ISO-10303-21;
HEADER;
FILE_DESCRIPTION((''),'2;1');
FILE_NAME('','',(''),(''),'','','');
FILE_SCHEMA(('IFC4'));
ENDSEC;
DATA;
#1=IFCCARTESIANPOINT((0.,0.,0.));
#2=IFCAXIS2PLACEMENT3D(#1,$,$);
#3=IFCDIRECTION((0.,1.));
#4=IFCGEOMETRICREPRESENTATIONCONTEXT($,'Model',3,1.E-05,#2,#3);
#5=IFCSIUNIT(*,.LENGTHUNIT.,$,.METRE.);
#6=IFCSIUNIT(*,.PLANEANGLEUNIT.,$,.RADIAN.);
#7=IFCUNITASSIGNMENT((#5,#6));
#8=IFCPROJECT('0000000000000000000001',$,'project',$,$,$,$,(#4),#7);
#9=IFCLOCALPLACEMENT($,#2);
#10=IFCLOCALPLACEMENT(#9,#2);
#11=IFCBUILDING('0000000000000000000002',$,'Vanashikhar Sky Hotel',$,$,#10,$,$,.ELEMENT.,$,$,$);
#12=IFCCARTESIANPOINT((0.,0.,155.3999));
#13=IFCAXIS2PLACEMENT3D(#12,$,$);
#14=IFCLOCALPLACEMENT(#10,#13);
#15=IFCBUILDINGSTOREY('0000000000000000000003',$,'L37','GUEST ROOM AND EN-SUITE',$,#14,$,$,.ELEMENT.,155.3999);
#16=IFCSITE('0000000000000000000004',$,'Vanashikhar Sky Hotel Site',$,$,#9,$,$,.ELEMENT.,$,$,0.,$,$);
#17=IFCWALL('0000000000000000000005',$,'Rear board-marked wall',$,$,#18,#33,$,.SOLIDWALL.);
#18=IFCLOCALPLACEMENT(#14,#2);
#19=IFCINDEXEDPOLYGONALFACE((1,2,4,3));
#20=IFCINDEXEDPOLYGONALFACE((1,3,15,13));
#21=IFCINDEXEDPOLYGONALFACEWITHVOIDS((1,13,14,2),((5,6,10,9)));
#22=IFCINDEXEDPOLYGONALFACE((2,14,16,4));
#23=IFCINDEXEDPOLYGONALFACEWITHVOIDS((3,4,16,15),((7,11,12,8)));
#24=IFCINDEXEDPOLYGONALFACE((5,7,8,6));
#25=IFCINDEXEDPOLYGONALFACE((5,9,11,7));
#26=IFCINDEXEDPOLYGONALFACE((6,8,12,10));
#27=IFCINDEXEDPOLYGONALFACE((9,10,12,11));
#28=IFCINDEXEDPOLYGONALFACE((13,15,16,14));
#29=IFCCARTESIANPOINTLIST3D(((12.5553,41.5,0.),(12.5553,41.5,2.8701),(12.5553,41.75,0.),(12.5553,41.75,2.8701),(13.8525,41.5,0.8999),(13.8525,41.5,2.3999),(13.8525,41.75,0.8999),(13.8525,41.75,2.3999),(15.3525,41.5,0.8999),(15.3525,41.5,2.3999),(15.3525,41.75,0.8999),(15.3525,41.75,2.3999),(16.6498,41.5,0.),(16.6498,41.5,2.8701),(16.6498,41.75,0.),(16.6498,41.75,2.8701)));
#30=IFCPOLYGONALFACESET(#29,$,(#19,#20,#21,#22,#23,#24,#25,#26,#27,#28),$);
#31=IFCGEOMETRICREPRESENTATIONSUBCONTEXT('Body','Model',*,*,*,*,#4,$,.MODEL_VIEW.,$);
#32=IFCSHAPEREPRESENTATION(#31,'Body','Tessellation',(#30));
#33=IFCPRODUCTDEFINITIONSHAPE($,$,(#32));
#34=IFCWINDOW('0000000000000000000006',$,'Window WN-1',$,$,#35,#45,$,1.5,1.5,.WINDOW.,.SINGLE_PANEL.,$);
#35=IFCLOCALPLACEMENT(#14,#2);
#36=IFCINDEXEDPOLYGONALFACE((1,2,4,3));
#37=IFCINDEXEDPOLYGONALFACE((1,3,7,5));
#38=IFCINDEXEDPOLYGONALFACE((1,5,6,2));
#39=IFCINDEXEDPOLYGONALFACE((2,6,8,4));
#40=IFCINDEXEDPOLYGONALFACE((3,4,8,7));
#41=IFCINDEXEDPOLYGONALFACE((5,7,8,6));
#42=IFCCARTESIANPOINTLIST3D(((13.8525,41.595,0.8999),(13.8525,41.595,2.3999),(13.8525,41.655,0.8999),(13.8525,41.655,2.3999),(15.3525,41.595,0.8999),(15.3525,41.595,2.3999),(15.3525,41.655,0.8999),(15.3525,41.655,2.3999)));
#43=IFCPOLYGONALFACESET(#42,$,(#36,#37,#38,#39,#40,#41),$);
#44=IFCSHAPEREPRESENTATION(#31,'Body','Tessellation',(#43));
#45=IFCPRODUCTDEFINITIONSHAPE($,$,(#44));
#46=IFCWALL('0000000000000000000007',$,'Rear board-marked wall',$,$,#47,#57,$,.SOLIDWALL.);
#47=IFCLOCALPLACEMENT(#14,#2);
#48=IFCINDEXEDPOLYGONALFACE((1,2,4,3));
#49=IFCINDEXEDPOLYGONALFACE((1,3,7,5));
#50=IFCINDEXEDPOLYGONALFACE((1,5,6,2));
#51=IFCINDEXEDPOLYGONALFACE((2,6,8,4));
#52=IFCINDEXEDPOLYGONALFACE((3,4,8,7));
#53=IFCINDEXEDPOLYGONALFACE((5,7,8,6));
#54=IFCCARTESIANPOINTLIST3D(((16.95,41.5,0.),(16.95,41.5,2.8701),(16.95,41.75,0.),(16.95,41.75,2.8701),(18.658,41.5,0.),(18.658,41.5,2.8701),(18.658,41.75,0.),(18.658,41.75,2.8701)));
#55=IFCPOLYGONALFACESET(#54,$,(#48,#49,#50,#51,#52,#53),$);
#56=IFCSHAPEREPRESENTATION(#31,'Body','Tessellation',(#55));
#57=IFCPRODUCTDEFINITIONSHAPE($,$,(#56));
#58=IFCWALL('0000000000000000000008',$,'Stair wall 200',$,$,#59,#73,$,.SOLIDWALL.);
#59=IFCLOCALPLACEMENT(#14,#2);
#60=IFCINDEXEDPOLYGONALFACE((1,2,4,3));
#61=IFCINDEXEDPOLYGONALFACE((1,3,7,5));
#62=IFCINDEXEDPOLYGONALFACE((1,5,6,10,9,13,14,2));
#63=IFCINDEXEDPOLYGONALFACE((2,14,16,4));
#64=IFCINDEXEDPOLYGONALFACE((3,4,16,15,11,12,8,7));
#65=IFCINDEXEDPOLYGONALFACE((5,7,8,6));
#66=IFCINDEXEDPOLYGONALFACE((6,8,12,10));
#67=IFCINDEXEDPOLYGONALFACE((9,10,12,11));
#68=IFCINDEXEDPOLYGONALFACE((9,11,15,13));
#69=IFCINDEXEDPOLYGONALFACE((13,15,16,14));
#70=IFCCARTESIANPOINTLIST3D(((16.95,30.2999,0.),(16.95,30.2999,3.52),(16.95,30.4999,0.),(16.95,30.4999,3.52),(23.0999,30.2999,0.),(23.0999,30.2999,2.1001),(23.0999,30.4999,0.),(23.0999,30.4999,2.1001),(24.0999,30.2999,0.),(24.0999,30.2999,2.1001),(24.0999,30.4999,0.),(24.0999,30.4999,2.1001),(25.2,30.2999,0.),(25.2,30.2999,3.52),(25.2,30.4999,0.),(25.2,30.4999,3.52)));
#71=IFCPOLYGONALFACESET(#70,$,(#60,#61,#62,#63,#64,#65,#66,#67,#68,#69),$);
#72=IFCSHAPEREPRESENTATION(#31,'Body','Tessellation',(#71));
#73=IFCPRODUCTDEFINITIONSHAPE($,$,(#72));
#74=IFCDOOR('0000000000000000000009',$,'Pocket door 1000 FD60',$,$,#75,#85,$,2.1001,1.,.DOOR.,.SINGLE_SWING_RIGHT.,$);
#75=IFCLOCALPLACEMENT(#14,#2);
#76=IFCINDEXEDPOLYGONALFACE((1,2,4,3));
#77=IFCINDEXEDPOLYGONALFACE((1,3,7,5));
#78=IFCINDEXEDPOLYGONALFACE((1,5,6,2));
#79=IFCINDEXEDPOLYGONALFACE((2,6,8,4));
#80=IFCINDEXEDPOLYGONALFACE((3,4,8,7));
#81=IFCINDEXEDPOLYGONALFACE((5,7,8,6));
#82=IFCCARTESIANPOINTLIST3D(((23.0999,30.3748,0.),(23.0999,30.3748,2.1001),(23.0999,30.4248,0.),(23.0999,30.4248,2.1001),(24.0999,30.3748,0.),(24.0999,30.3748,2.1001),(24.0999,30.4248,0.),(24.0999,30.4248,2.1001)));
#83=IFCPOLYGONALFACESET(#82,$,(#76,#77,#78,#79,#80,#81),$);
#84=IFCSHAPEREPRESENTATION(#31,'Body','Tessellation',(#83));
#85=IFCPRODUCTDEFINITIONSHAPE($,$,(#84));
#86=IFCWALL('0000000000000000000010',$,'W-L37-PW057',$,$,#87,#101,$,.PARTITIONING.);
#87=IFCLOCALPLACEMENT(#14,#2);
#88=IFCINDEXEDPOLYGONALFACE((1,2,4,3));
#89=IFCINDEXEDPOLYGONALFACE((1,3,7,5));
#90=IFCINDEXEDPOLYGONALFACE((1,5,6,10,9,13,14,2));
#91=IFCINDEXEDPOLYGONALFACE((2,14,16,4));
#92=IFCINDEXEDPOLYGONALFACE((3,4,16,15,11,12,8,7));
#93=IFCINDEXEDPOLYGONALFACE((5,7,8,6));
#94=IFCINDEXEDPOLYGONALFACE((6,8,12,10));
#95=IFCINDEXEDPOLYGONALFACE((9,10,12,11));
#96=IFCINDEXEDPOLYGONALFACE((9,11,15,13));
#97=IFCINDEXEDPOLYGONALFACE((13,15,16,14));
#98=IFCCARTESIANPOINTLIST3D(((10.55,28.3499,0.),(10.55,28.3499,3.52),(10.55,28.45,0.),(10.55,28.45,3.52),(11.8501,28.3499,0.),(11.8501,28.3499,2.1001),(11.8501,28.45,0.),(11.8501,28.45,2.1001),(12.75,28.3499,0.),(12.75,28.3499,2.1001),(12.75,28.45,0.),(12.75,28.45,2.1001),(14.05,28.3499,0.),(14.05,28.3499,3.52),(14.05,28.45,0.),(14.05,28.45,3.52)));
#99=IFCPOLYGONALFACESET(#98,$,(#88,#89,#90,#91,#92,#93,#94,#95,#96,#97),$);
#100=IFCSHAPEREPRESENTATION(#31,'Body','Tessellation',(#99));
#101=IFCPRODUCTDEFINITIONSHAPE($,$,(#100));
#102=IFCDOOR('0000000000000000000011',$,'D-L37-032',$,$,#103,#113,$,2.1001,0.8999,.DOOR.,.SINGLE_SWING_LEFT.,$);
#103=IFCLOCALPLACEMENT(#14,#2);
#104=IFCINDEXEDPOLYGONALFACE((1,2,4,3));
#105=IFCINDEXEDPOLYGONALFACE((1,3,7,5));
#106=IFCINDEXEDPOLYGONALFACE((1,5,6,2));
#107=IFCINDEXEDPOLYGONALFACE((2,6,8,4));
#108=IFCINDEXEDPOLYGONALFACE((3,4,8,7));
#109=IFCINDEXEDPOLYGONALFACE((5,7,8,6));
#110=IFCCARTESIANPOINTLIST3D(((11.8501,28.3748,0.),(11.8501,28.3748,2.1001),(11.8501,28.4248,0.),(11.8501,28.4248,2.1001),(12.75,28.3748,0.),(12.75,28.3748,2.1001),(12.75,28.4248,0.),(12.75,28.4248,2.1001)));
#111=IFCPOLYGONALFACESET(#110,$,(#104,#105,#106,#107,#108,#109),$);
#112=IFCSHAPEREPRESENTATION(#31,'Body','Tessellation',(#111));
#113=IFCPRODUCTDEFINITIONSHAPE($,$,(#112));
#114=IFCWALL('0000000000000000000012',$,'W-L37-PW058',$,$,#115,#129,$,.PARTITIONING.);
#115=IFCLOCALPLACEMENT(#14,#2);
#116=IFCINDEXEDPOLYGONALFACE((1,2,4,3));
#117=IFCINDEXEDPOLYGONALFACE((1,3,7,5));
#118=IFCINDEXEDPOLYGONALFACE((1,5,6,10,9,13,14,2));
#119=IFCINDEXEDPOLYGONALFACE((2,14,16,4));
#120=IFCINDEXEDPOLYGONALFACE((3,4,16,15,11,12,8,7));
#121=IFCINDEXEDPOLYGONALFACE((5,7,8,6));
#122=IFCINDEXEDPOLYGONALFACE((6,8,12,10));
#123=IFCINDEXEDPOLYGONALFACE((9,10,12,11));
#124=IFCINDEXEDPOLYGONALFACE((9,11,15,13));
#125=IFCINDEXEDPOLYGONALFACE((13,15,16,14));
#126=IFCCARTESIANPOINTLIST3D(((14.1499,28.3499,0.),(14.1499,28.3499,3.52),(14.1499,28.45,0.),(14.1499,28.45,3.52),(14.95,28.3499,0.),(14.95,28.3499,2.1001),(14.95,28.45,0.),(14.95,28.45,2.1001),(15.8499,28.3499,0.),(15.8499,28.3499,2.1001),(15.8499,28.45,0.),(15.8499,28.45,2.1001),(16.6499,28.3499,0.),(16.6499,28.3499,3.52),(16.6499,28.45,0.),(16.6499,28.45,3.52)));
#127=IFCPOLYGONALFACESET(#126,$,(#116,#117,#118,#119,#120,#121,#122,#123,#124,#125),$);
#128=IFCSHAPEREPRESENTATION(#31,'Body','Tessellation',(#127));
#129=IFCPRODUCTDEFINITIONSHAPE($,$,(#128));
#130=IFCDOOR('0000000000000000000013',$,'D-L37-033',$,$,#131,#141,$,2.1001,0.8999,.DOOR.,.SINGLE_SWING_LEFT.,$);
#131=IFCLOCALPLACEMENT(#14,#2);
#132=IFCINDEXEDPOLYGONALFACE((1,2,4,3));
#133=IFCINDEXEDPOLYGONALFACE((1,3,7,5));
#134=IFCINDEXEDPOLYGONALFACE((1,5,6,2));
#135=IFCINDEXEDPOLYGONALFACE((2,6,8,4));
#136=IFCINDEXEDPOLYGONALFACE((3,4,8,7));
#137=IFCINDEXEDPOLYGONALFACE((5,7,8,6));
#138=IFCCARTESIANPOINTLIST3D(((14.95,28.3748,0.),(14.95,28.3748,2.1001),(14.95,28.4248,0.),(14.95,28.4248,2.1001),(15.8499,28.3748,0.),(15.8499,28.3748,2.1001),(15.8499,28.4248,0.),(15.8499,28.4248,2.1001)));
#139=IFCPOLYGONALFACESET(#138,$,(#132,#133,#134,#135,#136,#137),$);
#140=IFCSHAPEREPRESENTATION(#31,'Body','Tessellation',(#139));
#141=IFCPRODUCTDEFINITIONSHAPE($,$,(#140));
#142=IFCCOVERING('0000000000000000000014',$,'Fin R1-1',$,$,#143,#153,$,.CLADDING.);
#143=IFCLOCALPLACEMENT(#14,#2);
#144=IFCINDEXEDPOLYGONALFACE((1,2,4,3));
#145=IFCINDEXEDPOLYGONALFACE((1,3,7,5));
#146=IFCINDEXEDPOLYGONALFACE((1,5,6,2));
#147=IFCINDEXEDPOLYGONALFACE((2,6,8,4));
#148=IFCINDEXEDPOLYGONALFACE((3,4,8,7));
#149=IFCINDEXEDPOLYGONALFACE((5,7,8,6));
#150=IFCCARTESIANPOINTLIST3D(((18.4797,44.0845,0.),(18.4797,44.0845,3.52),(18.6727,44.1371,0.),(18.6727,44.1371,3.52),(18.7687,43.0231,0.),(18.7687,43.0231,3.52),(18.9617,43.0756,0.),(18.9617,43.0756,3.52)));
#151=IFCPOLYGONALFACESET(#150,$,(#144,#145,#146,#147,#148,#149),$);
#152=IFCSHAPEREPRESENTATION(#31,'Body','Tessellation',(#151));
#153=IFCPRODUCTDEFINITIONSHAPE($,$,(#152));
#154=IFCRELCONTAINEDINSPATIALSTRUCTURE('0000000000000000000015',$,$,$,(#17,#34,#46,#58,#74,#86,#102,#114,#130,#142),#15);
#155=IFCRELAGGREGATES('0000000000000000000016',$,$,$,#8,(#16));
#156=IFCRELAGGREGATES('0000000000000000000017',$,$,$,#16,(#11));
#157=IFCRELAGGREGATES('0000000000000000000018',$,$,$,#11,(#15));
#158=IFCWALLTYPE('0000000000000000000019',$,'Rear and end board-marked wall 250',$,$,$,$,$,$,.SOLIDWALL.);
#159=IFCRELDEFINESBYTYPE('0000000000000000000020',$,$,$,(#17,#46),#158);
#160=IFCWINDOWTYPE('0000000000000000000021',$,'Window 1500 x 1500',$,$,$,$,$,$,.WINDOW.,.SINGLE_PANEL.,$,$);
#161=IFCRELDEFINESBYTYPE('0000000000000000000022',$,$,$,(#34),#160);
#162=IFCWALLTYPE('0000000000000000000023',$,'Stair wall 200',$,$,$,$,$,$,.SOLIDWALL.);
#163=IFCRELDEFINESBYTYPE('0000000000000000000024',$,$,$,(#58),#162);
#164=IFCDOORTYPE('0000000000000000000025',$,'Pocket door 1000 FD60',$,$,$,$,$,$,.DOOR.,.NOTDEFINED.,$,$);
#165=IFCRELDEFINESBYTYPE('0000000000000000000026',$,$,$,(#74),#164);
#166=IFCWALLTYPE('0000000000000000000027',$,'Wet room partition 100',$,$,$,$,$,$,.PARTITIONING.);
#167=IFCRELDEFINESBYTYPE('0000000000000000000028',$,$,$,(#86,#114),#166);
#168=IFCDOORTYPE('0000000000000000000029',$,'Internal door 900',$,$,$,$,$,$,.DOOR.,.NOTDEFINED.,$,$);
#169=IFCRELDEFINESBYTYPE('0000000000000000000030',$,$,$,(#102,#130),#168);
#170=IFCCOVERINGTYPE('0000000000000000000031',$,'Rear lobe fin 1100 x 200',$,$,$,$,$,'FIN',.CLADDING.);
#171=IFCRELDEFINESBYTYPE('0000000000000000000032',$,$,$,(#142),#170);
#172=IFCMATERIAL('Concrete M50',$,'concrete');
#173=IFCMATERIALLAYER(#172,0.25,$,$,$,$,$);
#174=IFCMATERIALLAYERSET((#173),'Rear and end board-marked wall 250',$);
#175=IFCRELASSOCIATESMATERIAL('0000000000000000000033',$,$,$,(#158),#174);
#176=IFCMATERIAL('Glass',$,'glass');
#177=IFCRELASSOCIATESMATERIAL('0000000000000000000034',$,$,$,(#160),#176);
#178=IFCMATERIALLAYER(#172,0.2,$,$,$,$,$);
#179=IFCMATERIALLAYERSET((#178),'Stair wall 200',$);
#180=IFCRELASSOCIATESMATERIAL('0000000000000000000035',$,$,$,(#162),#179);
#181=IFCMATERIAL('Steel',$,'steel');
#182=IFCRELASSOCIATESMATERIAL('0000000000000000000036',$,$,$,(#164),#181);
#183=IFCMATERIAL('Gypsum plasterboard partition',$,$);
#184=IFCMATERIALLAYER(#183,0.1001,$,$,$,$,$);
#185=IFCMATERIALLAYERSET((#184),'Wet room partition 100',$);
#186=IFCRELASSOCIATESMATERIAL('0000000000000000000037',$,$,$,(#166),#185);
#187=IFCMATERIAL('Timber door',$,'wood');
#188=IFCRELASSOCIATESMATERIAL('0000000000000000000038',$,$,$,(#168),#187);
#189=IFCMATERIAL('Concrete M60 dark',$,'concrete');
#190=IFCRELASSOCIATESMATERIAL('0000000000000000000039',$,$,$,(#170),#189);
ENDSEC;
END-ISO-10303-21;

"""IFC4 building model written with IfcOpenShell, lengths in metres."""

from ifc_helpers import new_model, si_unit, direction, frame, frame_2d, origin, origin_2d, place, context, subcontext, project, spatial, rectangle, extrude, source, transform, mapped, material, layer, layer_set, material_profile, profile_set, type_object, element, fill, save


model = new_model("IFC4")

# Units and contexts
model_context = context("Model", 3, precision=1e-05, world=origin(), true_north=direction((0.0, 1.0)))
body_context = subcontext(model_context, "Body", "Model", "MODEL_VIEW")
ifc_project = project(units=[si_unit("LENGTHUNIT", "METRE"), si_unit("PLANEANGLEUNIT", "RADIAN")], contexts=[model_context])

# Site, building, storey
site_placement = place(None, origin())
site = spatial("IfcSite", under=ifc_project, at=site_placement, Name="Vanashikhar Sky Hotel Site", CompositionType="ELEMENT", RefElevation=0.0)
building_placement = place(site_placement, origin())
building = spatial("IfcBuilding", under=site, at=building_placement, Name="Vanashikhar Sky Hotel", CompositionType="ELEMENT")
storey_placement = place(building_placement, frame((0.0, 0.0, 155.3999)))
storey = spatial("IfcBuildingStorey", under=building, at=storey_placement, Name="L37", Description="GUEST ROOM AND EN-SUITE", CompositionType="ELEMENT", Elevation=155.3999)

# Shared definitions
ifc_material_1 = material(Name="Concrete M50", Category="concrete")
ifc_material_2 = material(Name="Glass", Category="glass")

# Wall, opening, window
ifc_layer_1 = layer(ifc_material_1, 0.25)
ifc_layer_set_1 = layer_set([ifc_layer_1], Name="Rear and end board-marked wall 250")
wall_type_1 = type_object("IfcWallType", Name="Rear and end board-marked wall 250", PredefinedType="SOLIDWALL", material=ifc_layer_set_1)
shared_shape_1 = source(origin(), body_context, "Body", "SweptSolid", [
    extrude(rectangle(XDim=4.0945, YDim=0.25, at=frame_2d((2.0474, 0.0))), origin(), (0.0, 0.0, 1.0), 2.8701),
])
wall_1_placement = place(storey_placement, frame((16.6499, 41.625, 0.0), z_axis=(0.0, 0.0, 1.0), x_axis=(-1.0, 0.0, 0.0)))
wall_1 = element("IfcWall", 1, at=wall_1_placement, inside=storey, type_object=wall_type_1, Name="Rear board-marked wall", PredefinedType="SOLIDWALL", context=body_context, shape_type="MappedRepresentation", body=[
    mapped(shared_shape_1, transform((0.0, 0.0, 0.0), scale=1.0)),
])
shared_shape_2 = source(origin(), body_context, "Body", "SweptSolid", [
    extrude(rectangle(XDim=1.5, YDim=1.5, at=frame_2d((0.75, 0.75))), frame((0.0, 0.135, 0.0), z_axis=(0.0, -1.0, 0.0), x_axis=(1.0, 0.0, 0.0)), (0.0, 0.0, 1.0), 0.27),
])
opening_1_placement = place(wall_1_placement, frame((1.2974, 0.0, 0.8999)))
opening_1 = element("IfcOpeningElement", 2, at=opening_1_placement, cuts=wall_1, PredefinedType="OPENING", context=body_context, shape_type="MappedRepresentation", body=[
    mapped(shared_shape_2, transform((0.0, 0.0, 0.0), scale=1.0)),
])
window_type_1 = type_object("IfcWindowType", Name="Window 1500 x 1500", PartitioningType="SINGLE_PANEL", PredefinedType="WINDOW", material=ifc_material_2)
shared_shape_3 = source(origin(), body_context, "Body", "SweptSolid", [
    extrude(rectangle(XDim=1.5, YDim=1.5, at=frame_2d((0.75, 0.75))), frame((0.0, 0.03, 0.0), z_axis=(0.0, -1.0, 0.0), x_axis=(1.0, 0.0, 0.0)), (0.0, 0.0, 1.0), 0.0601),
])
window_1_placement = place(opening_1_placement, origin())
window_1 = element("IfcWindow", 3, at=window_1_placement, inside=storey, type_object=window_type_1, Name="Window WN-1", OverallHeight=1.5, OverallWidth=1.5, PartitioningType="SINGLE_PANEL", PredefinedType="WINDOW", context=body_context, shape_type="MappedRepresentation", body=[
    mapped(shared_shape_3, transform((0.0, 0.0, 0.0), scale=1.0)),
])
fill(opening_1, window_1)

# Wall
shared_shape_4 = source(origin(), body_context, "Body", "SweptSolid", [
    extrude(rectangle(XDim=1.708, YDim=0.25, at=frame_2d((0.854, 0.0))), origin(), (0.0, 0.0, 1.0), 2.8701),
])
wall_2_placement = place(storey_placement, frame((18.658, 41.625, 0.0), z_axis=(0.0, 0.0, 1.0), x_axis=(-1.0, 0.0, 0.0)))
element("IfcWall", 4, at=wall_2_placement, inside=storey, type_object=wall_type_1, Name="Rear board-marked wall", PredefinedType="SOLIDWALL", context=body_context, shape_type="MappedRepresentation", body=[
    mapped(shared_shape_4, transform((0.0, 0.0, 0.0), scale=1.0)),
])

# Walls, openings, doors
ifc_layer_2 = layer(ifc_material_1, 0.2)
ifc_layer_set_2 = layer_set([ifc_layer_2], Name="Stair wall 200")
wall_type_2 = type_object("IfcWallType", Name="Stair wall 200", PredefinedType="SOLIDWALL", material=ifc_layer_set_2)
shared_shape_5 = source(origin(), body_context, "Body", "SweptSolid", [
    extrude(rectangle(XDim=8.25, YDim=0.2, at=frame_2d((4.125, 0.0))), origin(), (0.0, 0.0, 1.0), 3.52),
])
wall_3_placement = place(storey_placement, frame((16.95, 30.3999, 0.0), z_axis=(0.0, 0.0, 1.0), x_axis=(1.0, 0.0, 0.0)))
wall_3 = element("IfcWall", 5, at=wall_3_placement, inside=storey, type_object=wall_type_2, Name="Stair wall 200", PredefinedType="SOLIDWALL", context=body_context, shape_type="MappedRepresentation", body=[
    mapped(shared_shape_5, transform((0.0, 0.0, 0.0), scale=1.0)),
])
shared_shape_6 = source(origin(), body_context, "Body", "SweptSolid", [
    extrude(rectangle(XDim=1.0, YDim=2.1001, at=frame_2d((0.5, 1.05))), frame((0.0, 0.1099, 0.0), z_axis=(0.0, -1.0, 0.0), x_axis=(1.0, 0.0, 0.0)), (0.0, 0.0, 1.0), 0.22),
])
opening_2_placement = place(wall_3_placement, frame((6.1499, 0.0, 0.0)))
opening_2 = element("IfcOpeningElement", 6, at=opening_2_placement, cuts=wall_3, PredefinedType="OPENING", context=body_context, shape_type="MappedRepresentation", body=[
    mapped(shared_shape_6, transform((0.0, 0.0, 0.0), scale=1.0)),
])
ifc_material_3 = material(Name="Steel", Category="steel")
door_type_1 = type_object("IfcDoorType", Name="Pocket door 1000 FD60", OperationType="NOTDEFINED", PredefinedType="DOOR", material=ifc_material_3)
shared_shape_7 = source(origin(), body_context, "Body", "SweptSolid", [
    extrude(rectangle(XDim=1.0, YDim=2.1001, at=frame_2d((0.5, 1.05))), frame((0.0, 0.0249, 0.0), z_axis=(0.0, -1.0, 0.0), x_axis=(1.0, 0.0, 0.0)), (0.0, 0.0, 1.0), 0.05),
])
door_1_placement = place(opening_2_placement, origin())
door_1 = element("IfcDoor", 7, at=door_1_placement, inside=storey, type_object=door_type_1, Name="Pocket door 1000 FD60", OperationType="SINGLE_SWING_RIGHT", OverallHeight=2.1001, OverallWidth=1.0, PredefinedType="DOOR", context=body_context, shape_type="MappedRepresentation", body=[
    mapped(shared_shape_7, transform((0.0, 0.0, 0.0), scale=1.0)),
])
fill(opening_2, door_1)
ifc_material_4 = material(Name="Gypsum plasterboard partition")
ifc_layer_3 = layer(ifc_material_4, 0.1001)
ifc_layer_set_3 = layer_set([ifc_layer_3], Name="Wet room partition 100")
wall_type_3 = type_object("IfcWallType", Name="Wet room partition 100", PredefinedType="PARTITIONING", material=ifc_layer_set_3)
shared_shape_8 = source(origin(), body_context, "Body", "SweptSolid", [
    extrude(rectangle(XDim=3.5, YDim=0.1001, at=frame_2d((1.75, 0.0))), origin(), (0.0, 0.0, 1.0), 3.52),
])
wall_4_placement = place(storey_placement, frame((10.55, 28.3999, 0.0), z_axis=(0.0, 0.0, 1.0), x_axis=(1.0, 0.0, 0.0)))
wall_4 = element("IfcWall", 8, at=wall_4_placement, inside=storey, type_object=wall_type_3, Name="W-L37-PW057", PredefinedType="PARTITIONING", context=body_context, shape_type="MappedRepresentation", body=[
    mapped(shared_shape_8, transform((0.0, 0.0, 0.0), scale=1.0)),
])
shared_shape_9 = source(origin(), body_context, "Body", "SweptSolid", [
    extrude(rectangle(XDim=0.8999, YDim=2.1001, at=frame_2d((0.45, 1.05))), frame((0.0, 0.0601, 0.0), z_axis=(0.0, -1.0, 0.0), x_axis=(1.0, 0.0, 0.0)), (0.0, 0.0, 1.0), 0.1201),
])
opening_3_placement = place(wall_4_placement, frame((1.3, 0.0, 0.0)))
opening_3 = element("IfcOpeningElement", 9, at=opening_3_placement, cuts=wall_4, PredefinedType="OPENING", context=body_context, shape_type="MappedRepresentation", body=[
    mapped(shared_shape_9, transform((0.0, 0.0, 0.0), scale=1.0)),
])
ifc_material_5 = material(Name="Timber door", Category="wood")
door_type_2 = type_object("IfcDoorType", Name="Internal door 900", OperationType="NOTDEFINED", PredefinedType="DOOR", material=ifc_material_5)
shared_shape_10 = source(origin(), body_context, "Body", "SweptSolid", [
    extrude(rectangle(XDim=0.8999, YDim=2.1001, at=frame_2d((0.45, 1.05))), frame((0.0, 0.0249, 0.0), z_axis=(0.0, -1.0, 0.0), x_axis=(1.0, 0.0, 0.0)), (0.0, 0.0, 1.0), 0.05),
])
door_2_placement = place(opening_3_placement, origin())
door_2 = element("IfcDoor", 10, at=door_2_placement, inside=storey, type_object=door_type_2, Name="D-L37-032", OperationType="SINGLE_SWING_LEFT", OverallHeight=2.1001, OverallWidth=0.8999, PredefinedType="DOOR", context=body_context, shape_type="MappedRepresentation", body=[
    mapped(shared_shape_10, transform((0.0, 0.0, 0.0), scale=1.0)),
])
fill(opening_3, door_2)
shared_shape_11 = source(origin(), body_context, "Body", "SweptSolid", [
    extrude(rectangle(XDim=2.5, YDim=0.1001, at=frame_2d((1.25, 0.0))), origin(), (0.0, 0.0, 1.0), 3.52),
])
wall_5_placement = place(storey_placement, frame((14.1499, 28.3999, 0.0), z_axis=(0.0, 0.0, 1.0), x_axis=(1.0, 0.0, 0.0)))
wall_5 = element("IfcWall", 11, at=wall_5_placement, inside=storey, type_object=wall_type_3, Name="W-L37-PW058", PredefinedType="PARTITIONING", context=body_context, shape_type="MappedRepresentation", body=[
    mapped(shared_shape_11, transform((0.0, 0.0, 0.0), scale=1.0)),
])
opening_4_placement = place(wall_5_placement, frame((0.8, 0.0, 0.0)))
opening_4 = element("IfcOpeningElement", 12, at=opening_4_placement, cuts=wall_5, PredefinedType="OPENING", context=body_context, shape_type="MappedRepresentation", body=[
    mapped(shared_shape_9, transform((0.0, 0.0, 0.0), scale=1.0)),
])
door_3_placement = place(opening_4_placement, origin())
door_3 = element("IfcDoor", 13, at=door_3_placement, inside=storey, type_object=door_type_2, Name="D-L37-033", OperationType="SINGLE_SWING_LEFT", OverallHeight=2.1001, OverallWidth=0.8999, PredefinedType="DOOR", context=body_context, shape_type="MappedRepresentation", body=[
    mapped(shared_shape_10, transform((0.0, 0.0, 0.0), scale=1.0)),
])
fill(opening_4, door_3)

# Covering
ifc_material_6 = material(Name="Concrete M60 dark", Category="concrete")
ifc_material_profile_1 = material_profile(ifc_material_6, rectangle(XDim=1.1001, YDim=0.2, at=origin_2d()))
ifc_profile_set_1 = profile_set([ifc_material_profile_1], Name="Rear lobe fin 1100 x 200")
covering_type_1 = type_object("IfcCoveringType", Name="Rear lobe fin 1100 x 200", ElementType="FIN", PredefinedType="CLADDING", material=ifc_profile_set_1)
shared_shape_12 = source(origin(), body_context, "Body", "SweptSolid", [
    extrude(rectangle(XDim=1.1001, YDim=0.2, at=origin_2d()), origin(), (0.0, 0.0, 1.0), 3.52),
])
for number, where, z_axis, x_axis, name in (
    (14, (18.7207, 43.5801, 0.0), (0.0, 0.0, 1.0), (-0.262711, 0.964874, 0.0), "Fin R1-1"),
):
    element("IfcCovering", number, at=place(storey_placement, frame(where, z_axis=z_axis, x_axis=x_axis)), inside=storey, type_object=covering_type_1, Name=name, PredefinedType="CLADDING", context=body_context, shape_type="MappedRepresentation", body=[
        mapped(shared_shape_12, transform((0.0, 0.0, 0.0), scale=1.0)),
    ])

save(model, "model.ifc")
